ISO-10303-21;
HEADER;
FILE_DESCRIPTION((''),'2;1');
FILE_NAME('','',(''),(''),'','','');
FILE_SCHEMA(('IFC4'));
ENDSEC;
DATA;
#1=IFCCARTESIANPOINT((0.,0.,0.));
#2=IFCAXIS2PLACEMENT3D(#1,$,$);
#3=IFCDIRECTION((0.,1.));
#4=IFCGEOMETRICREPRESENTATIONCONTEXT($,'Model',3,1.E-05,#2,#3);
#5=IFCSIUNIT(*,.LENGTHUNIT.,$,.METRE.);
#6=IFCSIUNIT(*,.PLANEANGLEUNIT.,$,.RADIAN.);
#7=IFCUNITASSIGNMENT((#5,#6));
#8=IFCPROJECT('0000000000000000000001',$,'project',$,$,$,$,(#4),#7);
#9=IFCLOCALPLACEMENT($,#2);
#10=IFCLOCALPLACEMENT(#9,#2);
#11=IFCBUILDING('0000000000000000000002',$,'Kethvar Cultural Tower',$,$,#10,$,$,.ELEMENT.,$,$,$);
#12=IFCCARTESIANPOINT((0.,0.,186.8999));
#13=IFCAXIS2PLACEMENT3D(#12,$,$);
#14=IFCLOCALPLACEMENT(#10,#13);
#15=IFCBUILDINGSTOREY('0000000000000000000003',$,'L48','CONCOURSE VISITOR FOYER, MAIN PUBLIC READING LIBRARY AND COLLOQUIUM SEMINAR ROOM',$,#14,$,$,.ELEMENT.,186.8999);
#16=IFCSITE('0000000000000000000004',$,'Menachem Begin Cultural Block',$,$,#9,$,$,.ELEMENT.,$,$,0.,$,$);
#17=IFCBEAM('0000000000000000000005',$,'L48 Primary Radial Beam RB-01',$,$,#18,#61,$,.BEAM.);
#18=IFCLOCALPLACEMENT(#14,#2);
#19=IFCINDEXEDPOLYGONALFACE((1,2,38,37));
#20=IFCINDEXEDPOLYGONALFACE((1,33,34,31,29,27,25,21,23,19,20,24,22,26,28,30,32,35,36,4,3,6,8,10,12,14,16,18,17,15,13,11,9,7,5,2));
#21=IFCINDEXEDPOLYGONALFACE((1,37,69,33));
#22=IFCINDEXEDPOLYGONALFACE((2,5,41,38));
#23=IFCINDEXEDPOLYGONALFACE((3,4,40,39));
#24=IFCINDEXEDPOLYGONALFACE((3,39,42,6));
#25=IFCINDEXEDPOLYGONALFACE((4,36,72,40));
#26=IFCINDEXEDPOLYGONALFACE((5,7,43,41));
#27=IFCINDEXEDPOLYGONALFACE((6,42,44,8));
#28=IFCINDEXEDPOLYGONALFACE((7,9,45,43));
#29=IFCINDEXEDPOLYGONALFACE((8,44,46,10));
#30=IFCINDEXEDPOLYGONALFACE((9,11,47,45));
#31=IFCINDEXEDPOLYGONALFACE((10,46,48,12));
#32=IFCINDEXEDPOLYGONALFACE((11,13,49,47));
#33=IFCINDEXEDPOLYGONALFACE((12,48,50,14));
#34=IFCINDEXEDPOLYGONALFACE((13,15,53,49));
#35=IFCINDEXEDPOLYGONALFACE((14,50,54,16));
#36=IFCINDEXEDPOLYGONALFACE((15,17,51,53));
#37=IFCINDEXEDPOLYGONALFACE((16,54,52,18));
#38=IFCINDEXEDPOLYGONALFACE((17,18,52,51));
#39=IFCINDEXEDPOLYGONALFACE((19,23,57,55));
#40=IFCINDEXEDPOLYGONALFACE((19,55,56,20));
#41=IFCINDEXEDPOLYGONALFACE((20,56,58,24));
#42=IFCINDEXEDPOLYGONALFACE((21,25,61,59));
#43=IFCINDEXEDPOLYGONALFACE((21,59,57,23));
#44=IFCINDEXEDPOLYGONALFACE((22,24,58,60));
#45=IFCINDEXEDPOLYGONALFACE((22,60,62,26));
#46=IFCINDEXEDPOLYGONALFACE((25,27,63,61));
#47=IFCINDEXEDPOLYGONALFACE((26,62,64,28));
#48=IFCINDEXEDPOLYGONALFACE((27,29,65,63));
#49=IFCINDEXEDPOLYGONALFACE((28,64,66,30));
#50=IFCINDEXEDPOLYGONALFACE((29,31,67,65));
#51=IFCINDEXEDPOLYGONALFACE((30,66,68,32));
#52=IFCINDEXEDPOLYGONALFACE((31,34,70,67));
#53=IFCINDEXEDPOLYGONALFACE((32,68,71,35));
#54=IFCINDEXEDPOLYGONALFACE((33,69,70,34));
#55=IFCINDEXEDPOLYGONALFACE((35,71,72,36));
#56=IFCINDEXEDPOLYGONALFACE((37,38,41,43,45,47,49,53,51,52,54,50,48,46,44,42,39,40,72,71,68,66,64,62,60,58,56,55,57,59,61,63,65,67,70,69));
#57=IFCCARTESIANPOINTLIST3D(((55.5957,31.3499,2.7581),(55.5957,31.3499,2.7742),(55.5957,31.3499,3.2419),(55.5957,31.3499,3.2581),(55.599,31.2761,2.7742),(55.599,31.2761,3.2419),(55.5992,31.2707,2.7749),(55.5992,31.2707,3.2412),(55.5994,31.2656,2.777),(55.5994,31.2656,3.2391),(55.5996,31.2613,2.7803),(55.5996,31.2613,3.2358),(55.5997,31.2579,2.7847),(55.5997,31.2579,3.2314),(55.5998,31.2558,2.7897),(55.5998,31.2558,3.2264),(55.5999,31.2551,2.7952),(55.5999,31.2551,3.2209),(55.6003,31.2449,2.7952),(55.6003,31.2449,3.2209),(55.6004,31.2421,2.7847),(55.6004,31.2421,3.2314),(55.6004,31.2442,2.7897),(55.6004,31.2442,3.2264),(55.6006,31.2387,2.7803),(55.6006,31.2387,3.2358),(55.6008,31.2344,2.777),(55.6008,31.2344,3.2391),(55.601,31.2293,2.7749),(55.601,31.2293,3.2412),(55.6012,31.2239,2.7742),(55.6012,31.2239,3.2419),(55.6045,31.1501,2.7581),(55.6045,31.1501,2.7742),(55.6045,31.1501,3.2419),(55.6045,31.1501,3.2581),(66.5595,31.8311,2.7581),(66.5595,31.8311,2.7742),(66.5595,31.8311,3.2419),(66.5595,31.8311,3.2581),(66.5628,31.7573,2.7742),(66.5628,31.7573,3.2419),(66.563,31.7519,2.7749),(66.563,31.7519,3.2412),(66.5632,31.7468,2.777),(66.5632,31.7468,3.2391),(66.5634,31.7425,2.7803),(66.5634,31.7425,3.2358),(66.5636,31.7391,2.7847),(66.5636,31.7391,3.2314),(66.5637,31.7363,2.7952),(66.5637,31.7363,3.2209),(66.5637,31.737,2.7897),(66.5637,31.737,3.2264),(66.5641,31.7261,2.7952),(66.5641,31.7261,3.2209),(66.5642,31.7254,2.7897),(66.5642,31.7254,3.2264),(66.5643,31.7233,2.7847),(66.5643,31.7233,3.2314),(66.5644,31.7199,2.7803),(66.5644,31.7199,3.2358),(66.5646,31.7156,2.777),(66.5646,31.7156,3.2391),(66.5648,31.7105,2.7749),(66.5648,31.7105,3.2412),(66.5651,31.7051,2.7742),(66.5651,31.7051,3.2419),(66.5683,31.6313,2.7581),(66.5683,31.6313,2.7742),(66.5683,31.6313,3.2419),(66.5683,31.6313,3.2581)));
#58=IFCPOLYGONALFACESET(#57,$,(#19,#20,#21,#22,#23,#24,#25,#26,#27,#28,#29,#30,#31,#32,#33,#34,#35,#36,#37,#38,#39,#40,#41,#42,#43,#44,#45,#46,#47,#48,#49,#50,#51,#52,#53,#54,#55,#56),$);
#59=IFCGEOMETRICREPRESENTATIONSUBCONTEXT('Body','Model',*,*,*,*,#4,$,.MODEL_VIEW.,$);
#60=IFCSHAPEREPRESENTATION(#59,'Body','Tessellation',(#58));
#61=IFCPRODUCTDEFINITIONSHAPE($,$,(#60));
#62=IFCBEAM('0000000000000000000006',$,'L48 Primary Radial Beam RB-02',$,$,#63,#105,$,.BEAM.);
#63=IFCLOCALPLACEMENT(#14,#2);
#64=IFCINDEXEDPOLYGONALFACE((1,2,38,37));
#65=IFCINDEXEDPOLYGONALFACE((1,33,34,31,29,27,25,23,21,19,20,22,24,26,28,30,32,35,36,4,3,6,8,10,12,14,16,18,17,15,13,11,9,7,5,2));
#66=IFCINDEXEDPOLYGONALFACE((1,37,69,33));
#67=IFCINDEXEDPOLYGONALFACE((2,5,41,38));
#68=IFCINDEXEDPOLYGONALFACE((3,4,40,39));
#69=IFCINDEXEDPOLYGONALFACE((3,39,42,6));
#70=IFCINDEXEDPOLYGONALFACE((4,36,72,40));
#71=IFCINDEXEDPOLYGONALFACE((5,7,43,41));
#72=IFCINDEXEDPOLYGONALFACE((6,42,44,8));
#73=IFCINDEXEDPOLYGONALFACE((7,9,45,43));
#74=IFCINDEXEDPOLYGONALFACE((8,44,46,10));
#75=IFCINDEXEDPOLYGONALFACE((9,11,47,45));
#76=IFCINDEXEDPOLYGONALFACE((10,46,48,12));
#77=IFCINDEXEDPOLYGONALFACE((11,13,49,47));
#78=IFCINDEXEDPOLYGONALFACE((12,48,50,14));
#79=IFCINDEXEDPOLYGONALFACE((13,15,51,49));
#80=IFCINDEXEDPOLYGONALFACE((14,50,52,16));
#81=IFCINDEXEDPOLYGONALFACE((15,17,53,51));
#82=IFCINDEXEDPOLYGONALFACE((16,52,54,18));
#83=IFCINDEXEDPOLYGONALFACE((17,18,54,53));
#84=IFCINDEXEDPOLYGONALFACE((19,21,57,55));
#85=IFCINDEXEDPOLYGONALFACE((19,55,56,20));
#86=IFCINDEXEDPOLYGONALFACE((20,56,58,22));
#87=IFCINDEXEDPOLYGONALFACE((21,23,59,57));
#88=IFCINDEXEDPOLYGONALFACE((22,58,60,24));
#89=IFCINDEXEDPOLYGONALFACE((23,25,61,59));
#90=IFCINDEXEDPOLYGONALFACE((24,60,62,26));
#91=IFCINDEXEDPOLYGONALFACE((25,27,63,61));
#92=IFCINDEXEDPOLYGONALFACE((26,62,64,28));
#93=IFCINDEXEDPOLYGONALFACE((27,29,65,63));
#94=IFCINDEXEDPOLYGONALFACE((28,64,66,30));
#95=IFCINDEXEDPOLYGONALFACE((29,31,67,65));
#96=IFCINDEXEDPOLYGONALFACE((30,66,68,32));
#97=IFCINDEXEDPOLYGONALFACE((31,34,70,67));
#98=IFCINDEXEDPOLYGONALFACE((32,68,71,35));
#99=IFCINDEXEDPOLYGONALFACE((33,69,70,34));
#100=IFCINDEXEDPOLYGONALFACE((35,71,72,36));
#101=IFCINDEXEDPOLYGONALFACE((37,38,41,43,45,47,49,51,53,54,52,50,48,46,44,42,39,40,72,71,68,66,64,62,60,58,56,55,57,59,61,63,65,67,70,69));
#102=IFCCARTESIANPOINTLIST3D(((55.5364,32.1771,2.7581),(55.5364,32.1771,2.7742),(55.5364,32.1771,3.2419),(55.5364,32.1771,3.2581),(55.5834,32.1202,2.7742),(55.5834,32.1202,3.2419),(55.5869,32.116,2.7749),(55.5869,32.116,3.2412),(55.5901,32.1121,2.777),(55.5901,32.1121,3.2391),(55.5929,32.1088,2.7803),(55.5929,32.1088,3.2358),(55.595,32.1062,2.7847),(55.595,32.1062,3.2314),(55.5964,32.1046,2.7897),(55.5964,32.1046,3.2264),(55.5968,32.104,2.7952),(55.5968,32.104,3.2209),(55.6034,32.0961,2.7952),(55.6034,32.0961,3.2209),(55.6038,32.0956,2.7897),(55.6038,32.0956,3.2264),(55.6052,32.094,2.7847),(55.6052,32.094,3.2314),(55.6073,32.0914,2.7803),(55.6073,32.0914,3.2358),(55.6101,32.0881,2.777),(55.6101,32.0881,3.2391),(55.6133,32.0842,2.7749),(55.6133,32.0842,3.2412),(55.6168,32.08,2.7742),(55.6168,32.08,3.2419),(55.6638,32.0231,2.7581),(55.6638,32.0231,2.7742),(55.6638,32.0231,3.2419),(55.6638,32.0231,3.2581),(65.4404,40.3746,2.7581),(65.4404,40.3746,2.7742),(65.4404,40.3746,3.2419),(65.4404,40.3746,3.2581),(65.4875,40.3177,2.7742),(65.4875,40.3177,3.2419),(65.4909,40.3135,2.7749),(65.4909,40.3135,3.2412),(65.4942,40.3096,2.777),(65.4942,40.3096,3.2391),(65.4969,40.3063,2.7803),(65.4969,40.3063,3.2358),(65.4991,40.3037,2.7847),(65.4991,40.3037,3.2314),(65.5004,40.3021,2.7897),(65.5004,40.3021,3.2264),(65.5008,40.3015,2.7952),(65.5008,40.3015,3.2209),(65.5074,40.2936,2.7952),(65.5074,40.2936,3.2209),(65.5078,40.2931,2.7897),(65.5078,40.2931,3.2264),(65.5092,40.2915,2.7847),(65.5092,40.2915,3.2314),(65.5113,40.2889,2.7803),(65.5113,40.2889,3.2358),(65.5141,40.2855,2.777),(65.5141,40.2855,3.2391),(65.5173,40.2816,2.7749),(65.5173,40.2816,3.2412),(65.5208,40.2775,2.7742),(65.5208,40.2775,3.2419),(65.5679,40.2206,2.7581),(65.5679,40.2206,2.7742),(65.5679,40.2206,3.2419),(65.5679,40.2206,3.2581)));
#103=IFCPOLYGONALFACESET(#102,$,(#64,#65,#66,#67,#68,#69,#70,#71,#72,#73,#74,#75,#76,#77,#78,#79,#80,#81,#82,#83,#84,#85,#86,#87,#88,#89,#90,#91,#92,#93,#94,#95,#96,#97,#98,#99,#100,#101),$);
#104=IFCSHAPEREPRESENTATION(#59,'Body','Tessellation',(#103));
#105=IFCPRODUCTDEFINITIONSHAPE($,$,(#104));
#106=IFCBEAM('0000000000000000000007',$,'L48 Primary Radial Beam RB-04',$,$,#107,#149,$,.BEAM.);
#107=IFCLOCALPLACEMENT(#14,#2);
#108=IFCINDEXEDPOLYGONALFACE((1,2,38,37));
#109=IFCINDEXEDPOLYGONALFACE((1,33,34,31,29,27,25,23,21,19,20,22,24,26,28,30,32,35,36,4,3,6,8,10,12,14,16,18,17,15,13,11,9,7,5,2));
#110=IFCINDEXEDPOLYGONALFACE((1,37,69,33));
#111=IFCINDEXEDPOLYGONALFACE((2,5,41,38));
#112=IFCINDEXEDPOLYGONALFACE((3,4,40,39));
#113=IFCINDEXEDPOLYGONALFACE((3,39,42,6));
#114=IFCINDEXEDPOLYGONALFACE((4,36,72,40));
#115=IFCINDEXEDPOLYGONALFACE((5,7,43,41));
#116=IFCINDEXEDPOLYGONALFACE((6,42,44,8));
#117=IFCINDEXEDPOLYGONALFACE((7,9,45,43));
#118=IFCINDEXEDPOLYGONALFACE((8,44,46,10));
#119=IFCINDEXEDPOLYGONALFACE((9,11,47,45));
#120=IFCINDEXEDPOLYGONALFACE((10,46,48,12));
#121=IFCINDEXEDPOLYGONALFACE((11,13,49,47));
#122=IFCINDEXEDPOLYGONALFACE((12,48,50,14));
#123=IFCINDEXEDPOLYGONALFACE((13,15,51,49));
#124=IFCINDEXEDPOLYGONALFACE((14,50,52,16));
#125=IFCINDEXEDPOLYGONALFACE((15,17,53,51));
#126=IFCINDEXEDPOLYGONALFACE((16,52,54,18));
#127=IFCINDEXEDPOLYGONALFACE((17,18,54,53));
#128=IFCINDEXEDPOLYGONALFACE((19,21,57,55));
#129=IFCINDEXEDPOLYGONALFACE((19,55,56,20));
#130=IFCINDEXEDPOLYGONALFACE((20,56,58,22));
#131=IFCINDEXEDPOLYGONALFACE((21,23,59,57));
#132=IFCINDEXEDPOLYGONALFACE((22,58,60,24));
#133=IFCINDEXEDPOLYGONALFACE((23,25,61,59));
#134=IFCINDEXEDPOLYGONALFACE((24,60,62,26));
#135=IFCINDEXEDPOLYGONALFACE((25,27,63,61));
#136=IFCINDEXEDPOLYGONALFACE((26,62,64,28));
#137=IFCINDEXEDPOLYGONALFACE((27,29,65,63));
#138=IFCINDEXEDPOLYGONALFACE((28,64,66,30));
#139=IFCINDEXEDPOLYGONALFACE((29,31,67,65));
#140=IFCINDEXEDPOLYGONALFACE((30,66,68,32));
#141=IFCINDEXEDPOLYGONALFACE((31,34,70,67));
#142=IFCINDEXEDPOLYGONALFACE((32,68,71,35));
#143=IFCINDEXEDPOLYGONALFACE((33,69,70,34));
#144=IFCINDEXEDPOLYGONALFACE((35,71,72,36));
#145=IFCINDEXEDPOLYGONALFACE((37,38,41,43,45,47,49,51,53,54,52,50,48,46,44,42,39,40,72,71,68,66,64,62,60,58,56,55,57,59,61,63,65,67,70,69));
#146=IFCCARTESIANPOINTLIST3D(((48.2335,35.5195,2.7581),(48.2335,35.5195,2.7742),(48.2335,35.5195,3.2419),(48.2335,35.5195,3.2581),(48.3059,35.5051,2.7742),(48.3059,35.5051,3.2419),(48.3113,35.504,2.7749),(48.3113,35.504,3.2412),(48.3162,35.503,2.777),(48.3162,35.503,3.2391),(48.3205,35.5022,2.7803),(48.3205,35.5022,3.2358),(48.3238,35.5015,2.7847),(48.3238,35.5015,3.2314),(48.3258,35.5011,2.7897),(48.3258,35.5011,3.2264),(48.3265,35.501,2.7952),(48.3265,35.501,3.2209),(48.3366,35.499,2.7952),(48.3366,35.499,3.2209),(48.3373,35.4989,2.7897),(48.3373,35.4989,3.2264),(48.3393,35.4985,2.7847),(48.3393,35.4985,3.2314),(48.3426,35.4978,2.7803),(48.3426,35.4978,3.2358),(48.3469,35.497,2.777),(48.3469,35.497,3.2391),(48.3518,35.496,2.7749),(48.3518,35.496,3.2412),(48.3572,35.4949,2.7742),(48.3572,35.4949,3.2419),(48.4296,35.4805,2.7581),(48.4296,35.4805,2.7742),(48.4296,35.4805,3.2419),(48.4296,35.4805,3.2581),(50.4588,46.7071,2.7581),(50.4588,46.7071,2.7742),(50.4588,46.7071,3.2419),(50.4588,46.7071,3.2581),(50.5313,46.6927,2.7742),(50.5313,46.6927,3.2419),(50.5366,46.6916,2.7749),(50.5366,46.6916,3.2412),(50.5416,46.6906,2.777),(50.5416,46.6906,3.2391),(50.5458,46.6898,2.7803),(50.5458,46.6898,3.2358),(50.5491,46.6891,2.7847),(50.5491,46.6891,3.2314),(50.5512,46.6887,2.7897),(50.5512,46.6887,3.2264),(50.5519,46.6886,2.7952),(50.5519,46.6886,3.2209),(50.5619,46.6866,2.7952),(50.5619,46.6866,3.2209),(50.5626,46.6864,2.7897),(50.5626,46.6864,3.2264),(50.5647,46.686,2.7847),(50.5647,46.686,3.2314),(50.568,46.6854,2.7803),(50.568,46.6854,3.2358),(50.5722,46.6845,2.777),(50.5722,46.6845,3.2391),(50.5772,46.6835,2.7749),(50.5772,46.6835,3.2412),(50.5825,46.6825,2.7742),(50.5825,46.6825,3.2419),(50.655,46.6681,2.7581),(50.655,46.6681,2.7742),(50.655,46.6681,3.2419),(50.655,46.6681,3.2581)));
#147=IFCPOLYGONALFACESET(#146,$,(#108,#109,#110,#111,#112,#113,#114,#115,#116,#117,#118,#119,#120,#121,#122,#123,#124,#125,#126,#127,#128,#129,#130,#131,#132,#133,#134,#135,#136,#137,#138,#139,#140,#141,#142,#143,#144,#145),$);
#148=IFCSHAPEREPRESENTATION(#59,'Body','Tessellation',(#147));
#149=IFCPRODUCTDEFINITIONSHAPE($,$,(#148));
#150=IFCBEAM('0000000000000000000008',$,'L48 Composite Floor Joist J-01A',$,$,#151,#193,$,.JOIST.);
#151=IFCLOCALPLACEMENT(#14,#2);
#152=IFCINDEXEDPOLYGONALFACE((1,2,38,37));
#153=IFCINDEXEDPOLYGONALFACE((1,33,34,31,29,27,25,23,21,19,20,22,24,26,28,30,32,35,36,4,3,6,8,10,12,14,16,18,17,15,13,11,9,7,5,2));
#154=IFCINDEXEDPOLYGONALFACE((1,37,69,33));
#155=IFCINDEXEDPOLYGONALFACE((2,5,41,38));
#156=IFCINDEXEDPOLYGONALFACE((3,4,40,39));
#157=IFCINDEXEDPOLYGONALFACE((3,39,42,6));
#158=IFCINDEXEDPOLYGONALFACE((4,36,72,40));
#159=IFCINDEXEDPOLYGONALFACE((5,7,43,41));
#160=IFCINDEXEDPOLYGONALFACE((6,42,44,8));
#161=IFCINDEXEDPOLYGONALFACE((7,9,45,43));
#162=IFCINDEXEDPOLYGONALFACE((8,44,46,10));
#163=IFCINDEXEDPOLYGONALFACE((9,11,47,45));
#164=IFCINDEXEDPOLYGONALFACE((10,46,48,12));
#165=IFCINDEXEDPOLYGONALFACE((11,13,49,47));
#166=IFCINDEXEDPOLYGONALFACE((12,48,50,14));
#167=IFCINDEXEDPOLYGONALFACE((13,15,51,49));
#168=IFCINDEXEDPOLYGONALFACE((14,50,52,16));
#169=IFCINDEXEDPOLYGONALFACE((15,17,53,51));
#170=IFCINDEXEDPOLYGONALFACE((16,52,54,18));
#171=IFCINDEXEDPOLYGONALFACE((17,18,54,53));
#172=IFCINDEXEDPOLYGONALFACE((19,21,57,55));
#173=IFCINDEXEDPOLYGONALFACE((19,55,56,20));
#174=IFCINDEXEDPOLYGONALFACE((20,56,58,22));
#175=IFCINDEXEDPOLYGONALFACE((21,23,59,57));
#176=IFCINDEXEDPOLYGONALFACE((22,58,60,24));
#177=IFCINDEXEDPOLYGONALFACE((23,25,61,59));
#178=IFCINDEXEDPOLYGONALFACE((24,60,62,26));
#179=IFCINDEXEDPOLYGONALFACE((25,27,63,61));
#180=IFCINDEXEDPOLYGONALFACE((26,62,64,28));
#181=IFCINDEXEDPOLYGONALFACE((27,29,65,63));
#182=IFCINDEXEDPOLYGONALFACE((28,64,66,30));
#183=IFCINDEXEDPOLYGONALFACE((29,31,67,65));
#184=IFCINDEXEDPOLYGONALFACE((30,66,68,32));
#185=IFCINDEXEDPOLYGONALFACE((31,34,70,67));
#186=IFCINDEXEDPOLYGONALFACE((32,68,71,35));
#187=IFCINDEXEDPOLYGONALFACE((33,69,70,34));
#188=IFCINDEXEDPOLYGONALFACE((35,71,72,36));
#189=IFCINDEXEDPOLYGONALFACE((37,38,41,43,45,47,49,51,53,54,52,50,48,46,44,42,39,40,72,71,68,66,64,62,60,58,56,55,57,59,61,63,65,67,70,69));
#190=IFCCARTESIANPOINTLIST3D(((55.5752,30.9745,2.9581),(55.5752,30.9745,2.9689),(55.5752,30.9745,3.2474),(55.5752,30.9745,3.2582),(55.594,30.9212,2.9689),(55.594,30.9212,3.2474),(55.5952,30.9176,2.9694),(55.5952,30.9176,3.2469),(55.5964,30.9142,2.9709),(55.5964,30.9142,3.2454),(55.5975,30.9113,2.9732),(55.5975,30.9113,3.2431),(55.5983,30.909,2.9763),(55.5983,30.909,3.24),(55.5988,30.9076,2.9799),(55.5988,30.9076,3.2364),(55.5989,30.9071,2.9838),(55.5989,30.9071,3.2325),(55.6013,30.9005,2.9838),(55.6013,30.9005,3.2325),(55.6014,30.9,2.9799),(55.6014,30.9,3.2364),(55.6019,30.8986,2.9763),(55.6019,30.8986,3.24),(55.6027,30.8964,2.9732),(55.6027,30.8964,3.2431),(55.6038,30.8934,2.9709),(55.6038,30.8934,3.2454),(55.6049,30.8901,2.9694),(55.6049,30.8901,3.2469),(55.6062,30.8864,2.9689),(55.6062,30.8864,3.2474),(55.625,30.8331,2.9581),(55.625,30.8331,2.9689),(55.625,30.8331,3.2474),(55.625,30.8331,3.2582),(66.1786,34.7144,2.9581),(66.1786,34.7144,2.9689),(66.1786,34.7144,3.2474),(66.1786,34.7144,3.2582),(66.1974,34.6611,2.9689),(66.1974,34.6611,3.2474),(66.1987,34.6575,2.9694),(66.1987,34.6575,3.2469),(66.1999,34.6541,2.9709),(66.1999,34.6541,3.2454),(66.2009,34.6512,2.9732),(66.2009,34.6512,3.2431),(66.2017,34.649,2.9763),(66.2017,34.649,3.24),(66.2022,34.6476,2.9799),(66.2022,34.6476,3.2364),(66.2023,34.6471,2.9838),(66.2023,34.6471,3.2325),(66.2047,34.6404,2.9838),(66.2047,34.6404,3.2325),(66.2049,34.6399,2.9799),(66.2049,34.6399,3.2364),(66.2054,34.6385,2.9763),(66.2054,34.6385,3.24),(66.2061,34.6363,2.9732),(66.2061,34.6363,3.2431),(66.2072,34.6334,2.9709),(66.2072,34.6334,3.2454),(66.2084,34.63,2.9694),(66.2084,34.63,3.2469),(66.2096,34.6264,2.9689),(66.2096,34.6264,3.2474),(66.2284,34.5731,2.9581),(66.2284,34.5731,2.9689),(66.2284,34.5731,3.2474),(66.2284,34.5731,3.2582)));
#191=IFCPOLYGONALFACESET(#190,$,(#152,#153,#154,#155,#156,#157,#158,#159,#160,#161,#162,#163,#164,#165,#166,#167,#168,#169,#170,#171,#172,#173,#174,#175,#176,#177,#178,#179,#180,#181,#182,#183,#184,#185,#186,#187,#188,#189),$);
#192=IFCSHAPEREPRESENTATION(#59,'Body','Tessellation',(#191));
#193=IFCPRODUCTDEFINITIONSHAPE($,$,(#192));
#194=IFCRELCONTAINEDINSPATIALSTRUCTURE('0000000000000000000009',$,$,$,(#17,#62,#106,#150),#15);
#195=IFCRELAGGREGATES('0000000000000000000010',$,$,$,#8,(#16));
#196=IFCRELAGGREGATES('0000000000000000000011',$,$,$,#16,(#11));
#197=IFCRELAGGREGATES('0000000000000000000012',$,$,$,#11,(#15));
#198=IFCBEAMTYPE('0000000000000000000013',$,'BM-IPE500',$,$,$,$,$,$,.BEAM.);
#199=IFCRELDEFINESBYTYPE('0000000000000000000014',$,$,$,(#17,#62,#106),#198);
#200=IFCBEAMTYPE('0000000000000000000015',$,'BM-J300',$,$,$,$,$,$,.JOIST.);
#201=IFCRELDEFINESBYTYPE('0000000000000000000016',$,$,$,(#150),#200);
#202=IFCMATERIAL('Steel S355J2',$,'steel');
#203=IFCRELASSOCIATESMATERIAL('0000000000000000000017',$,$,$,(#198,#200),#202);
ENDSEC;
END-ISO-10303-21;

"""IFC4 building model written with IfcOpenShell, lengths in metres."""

from ifc_helpers import new_model, si_unit, direction, frame, origin, origin_2d, place, context, subcontext, project, spatial, i_section, extrude, source, transform, mapped, material, material_profile, profile_set, type_object, element, save


model = new_model("IFC4")

# Units and contexts
model_context = context("Model", 3, precision=1e-05, world=origin(), true_north=direction((0.0, 1.0)))
body_context = subcontext(model_context, "Body", "Model", "MODEL_VIEW")
ifc_project = project(units=[si_unit("LENGTHUNIT", "METRE"), si_unit("PLANEANGLEUNIT", "RADIAN")], contexts=[model_context])

# Site, building, storey
site_placement = place(None, origin())
site = spatial("IfcSite", under=ifc_project, at=site_placement, Name="Menachem Begin Cultural Block", CompositionType="ELEMENT", RefElevation=0.0)
building_placement = place(site_placement, origin())
building = spatial("IfcBuilding", under=site, at=building_placement, Name="Kethvar Cultural Tower", CompositionType="ELEMENT")
storey_placement = place(building_placement, frame((0.0, 0.0, 186.8999)))
storey = spatial("IfcBuildingStorey", under=building, at=storey_placement, Name="L48", Description="CONCOURSE VISITOR FOYER, MAIN PUBLIC READING LIBRARY AND COLLOQUIUM SEMINAR ROOM", CompositionType="ELEMENT", Elevation=186.8999)

# Beams
ifc_material_1 = material(Name="Steel S355J2", Category="steel")
ifc_material_profile_1 = material_profile(ifc_material_1, i_section(OverallWidth=0.2, OverallDepth=0.5, WebThickness=0.0103, FlangeThickness=0.0161, FilletRadius=0.021, at=origin_2d()), Name="Steel S355J2 — IPE500")
ifc_profile_set_1 = profile_set([ifc_material_profile_1], Name="Steel S355J2 — IPE500")
beam_type_1 = type_object("IfcBeamType", Name="BM-IPE500", PredefinedType="BEAM", material=ifc_profile_set_1)
shared_shape_1 = source(origin(), body_context, "Body", "SweptSolid", [
    extrude(i_section(OverallWidth=0.2, OverallDepth=0.5, WebThickness=0.0103, FlangeThickness=0.0161, FilletRadius=0.021, at=origin_2d()), origin(), (0.0, 0.0, 1.0), 10.9744),
])
beam_1_placement = place(storey_placement, frame((55.6001, 31.25, 3.0081), z_axis=(0.999038, 0.043848, 0.0), x_axis=(-0.043848, 0.999038, 0.0)))
element("IfcBeam", 1, at=beam_1_placement, inside=storey, type_object=beam_type_1, Name="L48 Primary Radial Beam RB-01", PredefinedType="BEAM", context=body_context, shape_type="MappedRepresentation", body=[
    mapped(shared_shape_1, transform((0.0, 0.0, 0.0), scale=1.0)),
])
shared_shape_2 = source(origin(), body_context, "Body", "SweptSolid", [
    extrude(i_section(OverallWidth=0.2, OverallDepth=0.5, WebThickness=0.0103, FlangeThickness=0.0161, FilletRadius=0.021, at=origin_2d()), origin(), (0.0, 0.0, 1.0), 12.8564),
])
beam_2_placement = place(storey_placement, frame((55.6001, 32.1001, 3.0081), z_axis=(0.770354, 0.637616, 0.0), x_axis=(-0.637616, 0.770354, 0.0)))
element("IfcBeam", 2, at=beam_2_placement, inside=storey, type_object=beam_type_1, Name="L48 Primary Radial Beam RB-02", PredefinedType="BEAM", context=body_context, shape_type="MappedRepresentation", body=[
    mapped(shared_shape_2, transform((0.0, 0.0, 0.0), scale=1.0)),
])
shared_shape_3 = source(origin(), body_context, "Body", "SweptSolid", [
    extrude(i_section(OverallWidth=0.2, OverallDepth=0.5, WebThickness=0.0103, FlangeThickness=0.0161, FilletRadius=0.021, at=origin_2d()), origin(), (0.0, 0.0, 1.0), 11.4067),
])
beam_3_placement = place(storey_placement, frame((48.3315, 35.5, 3.0081), z_axis=(0.195091, 0.980785, 0.0), x_axis=(-0.980785, 0.195091, 0.0)))
element("IfcBeam", 3, at=beam_3_placement, inside=storey, type_object=beam_type_1, Name="L48 Primary Radial Beam RB-04", PredefinedType="BEAM", context=body_context, shape_type="MappedRepresentation", body=[
    mapped(shared_shape_3, transform((0.0, 0.0, 0.0), scale=1.0)),
])
ifc_material_profile_2 = material_profile(ifc_material_1, i_section(OverallWidth=0.1499, OverallDepth=0.3, WebThickness=0.0071, FlangeThickness=0.0107, FilletRadius=0.0149, at=origin_2d()), Name="Steel S355J2 — IPE300")
ifc_profile_set_2 = profile_set([ifc_material_profile_2], Name="Steel S355J2 — IPE300")
beam_type_2 = type_object("IfcBeamType", Name="BM-J300", PredefinedType="JOIST", material=ifc_profile_set_2)
shared_shape_4 = source(origin(), body_context, "Body", "SweptSolid", [
    extrude(i_section(OverallWidth=0.1499, OverallDepth=0.3, WebThickness=0.0071, FlangeThickness=0.0107, FilletRadius=0.0149, at=origin_2d()), origin(), (0.0, 0.0, 1.0), 11.2437),
])
beam_4_placement = place(storey_placement, frame((55.6001, 30.9038, 3.1082), z_axis=(0.943058, 0.332628, 0.0), x_axis=(-0.332628, 0.943058, 0.0)))
element("IfcBeam", 4, at=beam_4_placement, inside=storey, type_object=beam_type_2, Name="L48 Composite Floor Joist J-01A", PredefinedType="JOIST", context=body_context, shape_type="MappedRepresentation", body=[
    mapped(shared_shape_4, transform((0.0, 0.0, 0.0), scale=1.0)),
])

save(model, "model.ifc")
